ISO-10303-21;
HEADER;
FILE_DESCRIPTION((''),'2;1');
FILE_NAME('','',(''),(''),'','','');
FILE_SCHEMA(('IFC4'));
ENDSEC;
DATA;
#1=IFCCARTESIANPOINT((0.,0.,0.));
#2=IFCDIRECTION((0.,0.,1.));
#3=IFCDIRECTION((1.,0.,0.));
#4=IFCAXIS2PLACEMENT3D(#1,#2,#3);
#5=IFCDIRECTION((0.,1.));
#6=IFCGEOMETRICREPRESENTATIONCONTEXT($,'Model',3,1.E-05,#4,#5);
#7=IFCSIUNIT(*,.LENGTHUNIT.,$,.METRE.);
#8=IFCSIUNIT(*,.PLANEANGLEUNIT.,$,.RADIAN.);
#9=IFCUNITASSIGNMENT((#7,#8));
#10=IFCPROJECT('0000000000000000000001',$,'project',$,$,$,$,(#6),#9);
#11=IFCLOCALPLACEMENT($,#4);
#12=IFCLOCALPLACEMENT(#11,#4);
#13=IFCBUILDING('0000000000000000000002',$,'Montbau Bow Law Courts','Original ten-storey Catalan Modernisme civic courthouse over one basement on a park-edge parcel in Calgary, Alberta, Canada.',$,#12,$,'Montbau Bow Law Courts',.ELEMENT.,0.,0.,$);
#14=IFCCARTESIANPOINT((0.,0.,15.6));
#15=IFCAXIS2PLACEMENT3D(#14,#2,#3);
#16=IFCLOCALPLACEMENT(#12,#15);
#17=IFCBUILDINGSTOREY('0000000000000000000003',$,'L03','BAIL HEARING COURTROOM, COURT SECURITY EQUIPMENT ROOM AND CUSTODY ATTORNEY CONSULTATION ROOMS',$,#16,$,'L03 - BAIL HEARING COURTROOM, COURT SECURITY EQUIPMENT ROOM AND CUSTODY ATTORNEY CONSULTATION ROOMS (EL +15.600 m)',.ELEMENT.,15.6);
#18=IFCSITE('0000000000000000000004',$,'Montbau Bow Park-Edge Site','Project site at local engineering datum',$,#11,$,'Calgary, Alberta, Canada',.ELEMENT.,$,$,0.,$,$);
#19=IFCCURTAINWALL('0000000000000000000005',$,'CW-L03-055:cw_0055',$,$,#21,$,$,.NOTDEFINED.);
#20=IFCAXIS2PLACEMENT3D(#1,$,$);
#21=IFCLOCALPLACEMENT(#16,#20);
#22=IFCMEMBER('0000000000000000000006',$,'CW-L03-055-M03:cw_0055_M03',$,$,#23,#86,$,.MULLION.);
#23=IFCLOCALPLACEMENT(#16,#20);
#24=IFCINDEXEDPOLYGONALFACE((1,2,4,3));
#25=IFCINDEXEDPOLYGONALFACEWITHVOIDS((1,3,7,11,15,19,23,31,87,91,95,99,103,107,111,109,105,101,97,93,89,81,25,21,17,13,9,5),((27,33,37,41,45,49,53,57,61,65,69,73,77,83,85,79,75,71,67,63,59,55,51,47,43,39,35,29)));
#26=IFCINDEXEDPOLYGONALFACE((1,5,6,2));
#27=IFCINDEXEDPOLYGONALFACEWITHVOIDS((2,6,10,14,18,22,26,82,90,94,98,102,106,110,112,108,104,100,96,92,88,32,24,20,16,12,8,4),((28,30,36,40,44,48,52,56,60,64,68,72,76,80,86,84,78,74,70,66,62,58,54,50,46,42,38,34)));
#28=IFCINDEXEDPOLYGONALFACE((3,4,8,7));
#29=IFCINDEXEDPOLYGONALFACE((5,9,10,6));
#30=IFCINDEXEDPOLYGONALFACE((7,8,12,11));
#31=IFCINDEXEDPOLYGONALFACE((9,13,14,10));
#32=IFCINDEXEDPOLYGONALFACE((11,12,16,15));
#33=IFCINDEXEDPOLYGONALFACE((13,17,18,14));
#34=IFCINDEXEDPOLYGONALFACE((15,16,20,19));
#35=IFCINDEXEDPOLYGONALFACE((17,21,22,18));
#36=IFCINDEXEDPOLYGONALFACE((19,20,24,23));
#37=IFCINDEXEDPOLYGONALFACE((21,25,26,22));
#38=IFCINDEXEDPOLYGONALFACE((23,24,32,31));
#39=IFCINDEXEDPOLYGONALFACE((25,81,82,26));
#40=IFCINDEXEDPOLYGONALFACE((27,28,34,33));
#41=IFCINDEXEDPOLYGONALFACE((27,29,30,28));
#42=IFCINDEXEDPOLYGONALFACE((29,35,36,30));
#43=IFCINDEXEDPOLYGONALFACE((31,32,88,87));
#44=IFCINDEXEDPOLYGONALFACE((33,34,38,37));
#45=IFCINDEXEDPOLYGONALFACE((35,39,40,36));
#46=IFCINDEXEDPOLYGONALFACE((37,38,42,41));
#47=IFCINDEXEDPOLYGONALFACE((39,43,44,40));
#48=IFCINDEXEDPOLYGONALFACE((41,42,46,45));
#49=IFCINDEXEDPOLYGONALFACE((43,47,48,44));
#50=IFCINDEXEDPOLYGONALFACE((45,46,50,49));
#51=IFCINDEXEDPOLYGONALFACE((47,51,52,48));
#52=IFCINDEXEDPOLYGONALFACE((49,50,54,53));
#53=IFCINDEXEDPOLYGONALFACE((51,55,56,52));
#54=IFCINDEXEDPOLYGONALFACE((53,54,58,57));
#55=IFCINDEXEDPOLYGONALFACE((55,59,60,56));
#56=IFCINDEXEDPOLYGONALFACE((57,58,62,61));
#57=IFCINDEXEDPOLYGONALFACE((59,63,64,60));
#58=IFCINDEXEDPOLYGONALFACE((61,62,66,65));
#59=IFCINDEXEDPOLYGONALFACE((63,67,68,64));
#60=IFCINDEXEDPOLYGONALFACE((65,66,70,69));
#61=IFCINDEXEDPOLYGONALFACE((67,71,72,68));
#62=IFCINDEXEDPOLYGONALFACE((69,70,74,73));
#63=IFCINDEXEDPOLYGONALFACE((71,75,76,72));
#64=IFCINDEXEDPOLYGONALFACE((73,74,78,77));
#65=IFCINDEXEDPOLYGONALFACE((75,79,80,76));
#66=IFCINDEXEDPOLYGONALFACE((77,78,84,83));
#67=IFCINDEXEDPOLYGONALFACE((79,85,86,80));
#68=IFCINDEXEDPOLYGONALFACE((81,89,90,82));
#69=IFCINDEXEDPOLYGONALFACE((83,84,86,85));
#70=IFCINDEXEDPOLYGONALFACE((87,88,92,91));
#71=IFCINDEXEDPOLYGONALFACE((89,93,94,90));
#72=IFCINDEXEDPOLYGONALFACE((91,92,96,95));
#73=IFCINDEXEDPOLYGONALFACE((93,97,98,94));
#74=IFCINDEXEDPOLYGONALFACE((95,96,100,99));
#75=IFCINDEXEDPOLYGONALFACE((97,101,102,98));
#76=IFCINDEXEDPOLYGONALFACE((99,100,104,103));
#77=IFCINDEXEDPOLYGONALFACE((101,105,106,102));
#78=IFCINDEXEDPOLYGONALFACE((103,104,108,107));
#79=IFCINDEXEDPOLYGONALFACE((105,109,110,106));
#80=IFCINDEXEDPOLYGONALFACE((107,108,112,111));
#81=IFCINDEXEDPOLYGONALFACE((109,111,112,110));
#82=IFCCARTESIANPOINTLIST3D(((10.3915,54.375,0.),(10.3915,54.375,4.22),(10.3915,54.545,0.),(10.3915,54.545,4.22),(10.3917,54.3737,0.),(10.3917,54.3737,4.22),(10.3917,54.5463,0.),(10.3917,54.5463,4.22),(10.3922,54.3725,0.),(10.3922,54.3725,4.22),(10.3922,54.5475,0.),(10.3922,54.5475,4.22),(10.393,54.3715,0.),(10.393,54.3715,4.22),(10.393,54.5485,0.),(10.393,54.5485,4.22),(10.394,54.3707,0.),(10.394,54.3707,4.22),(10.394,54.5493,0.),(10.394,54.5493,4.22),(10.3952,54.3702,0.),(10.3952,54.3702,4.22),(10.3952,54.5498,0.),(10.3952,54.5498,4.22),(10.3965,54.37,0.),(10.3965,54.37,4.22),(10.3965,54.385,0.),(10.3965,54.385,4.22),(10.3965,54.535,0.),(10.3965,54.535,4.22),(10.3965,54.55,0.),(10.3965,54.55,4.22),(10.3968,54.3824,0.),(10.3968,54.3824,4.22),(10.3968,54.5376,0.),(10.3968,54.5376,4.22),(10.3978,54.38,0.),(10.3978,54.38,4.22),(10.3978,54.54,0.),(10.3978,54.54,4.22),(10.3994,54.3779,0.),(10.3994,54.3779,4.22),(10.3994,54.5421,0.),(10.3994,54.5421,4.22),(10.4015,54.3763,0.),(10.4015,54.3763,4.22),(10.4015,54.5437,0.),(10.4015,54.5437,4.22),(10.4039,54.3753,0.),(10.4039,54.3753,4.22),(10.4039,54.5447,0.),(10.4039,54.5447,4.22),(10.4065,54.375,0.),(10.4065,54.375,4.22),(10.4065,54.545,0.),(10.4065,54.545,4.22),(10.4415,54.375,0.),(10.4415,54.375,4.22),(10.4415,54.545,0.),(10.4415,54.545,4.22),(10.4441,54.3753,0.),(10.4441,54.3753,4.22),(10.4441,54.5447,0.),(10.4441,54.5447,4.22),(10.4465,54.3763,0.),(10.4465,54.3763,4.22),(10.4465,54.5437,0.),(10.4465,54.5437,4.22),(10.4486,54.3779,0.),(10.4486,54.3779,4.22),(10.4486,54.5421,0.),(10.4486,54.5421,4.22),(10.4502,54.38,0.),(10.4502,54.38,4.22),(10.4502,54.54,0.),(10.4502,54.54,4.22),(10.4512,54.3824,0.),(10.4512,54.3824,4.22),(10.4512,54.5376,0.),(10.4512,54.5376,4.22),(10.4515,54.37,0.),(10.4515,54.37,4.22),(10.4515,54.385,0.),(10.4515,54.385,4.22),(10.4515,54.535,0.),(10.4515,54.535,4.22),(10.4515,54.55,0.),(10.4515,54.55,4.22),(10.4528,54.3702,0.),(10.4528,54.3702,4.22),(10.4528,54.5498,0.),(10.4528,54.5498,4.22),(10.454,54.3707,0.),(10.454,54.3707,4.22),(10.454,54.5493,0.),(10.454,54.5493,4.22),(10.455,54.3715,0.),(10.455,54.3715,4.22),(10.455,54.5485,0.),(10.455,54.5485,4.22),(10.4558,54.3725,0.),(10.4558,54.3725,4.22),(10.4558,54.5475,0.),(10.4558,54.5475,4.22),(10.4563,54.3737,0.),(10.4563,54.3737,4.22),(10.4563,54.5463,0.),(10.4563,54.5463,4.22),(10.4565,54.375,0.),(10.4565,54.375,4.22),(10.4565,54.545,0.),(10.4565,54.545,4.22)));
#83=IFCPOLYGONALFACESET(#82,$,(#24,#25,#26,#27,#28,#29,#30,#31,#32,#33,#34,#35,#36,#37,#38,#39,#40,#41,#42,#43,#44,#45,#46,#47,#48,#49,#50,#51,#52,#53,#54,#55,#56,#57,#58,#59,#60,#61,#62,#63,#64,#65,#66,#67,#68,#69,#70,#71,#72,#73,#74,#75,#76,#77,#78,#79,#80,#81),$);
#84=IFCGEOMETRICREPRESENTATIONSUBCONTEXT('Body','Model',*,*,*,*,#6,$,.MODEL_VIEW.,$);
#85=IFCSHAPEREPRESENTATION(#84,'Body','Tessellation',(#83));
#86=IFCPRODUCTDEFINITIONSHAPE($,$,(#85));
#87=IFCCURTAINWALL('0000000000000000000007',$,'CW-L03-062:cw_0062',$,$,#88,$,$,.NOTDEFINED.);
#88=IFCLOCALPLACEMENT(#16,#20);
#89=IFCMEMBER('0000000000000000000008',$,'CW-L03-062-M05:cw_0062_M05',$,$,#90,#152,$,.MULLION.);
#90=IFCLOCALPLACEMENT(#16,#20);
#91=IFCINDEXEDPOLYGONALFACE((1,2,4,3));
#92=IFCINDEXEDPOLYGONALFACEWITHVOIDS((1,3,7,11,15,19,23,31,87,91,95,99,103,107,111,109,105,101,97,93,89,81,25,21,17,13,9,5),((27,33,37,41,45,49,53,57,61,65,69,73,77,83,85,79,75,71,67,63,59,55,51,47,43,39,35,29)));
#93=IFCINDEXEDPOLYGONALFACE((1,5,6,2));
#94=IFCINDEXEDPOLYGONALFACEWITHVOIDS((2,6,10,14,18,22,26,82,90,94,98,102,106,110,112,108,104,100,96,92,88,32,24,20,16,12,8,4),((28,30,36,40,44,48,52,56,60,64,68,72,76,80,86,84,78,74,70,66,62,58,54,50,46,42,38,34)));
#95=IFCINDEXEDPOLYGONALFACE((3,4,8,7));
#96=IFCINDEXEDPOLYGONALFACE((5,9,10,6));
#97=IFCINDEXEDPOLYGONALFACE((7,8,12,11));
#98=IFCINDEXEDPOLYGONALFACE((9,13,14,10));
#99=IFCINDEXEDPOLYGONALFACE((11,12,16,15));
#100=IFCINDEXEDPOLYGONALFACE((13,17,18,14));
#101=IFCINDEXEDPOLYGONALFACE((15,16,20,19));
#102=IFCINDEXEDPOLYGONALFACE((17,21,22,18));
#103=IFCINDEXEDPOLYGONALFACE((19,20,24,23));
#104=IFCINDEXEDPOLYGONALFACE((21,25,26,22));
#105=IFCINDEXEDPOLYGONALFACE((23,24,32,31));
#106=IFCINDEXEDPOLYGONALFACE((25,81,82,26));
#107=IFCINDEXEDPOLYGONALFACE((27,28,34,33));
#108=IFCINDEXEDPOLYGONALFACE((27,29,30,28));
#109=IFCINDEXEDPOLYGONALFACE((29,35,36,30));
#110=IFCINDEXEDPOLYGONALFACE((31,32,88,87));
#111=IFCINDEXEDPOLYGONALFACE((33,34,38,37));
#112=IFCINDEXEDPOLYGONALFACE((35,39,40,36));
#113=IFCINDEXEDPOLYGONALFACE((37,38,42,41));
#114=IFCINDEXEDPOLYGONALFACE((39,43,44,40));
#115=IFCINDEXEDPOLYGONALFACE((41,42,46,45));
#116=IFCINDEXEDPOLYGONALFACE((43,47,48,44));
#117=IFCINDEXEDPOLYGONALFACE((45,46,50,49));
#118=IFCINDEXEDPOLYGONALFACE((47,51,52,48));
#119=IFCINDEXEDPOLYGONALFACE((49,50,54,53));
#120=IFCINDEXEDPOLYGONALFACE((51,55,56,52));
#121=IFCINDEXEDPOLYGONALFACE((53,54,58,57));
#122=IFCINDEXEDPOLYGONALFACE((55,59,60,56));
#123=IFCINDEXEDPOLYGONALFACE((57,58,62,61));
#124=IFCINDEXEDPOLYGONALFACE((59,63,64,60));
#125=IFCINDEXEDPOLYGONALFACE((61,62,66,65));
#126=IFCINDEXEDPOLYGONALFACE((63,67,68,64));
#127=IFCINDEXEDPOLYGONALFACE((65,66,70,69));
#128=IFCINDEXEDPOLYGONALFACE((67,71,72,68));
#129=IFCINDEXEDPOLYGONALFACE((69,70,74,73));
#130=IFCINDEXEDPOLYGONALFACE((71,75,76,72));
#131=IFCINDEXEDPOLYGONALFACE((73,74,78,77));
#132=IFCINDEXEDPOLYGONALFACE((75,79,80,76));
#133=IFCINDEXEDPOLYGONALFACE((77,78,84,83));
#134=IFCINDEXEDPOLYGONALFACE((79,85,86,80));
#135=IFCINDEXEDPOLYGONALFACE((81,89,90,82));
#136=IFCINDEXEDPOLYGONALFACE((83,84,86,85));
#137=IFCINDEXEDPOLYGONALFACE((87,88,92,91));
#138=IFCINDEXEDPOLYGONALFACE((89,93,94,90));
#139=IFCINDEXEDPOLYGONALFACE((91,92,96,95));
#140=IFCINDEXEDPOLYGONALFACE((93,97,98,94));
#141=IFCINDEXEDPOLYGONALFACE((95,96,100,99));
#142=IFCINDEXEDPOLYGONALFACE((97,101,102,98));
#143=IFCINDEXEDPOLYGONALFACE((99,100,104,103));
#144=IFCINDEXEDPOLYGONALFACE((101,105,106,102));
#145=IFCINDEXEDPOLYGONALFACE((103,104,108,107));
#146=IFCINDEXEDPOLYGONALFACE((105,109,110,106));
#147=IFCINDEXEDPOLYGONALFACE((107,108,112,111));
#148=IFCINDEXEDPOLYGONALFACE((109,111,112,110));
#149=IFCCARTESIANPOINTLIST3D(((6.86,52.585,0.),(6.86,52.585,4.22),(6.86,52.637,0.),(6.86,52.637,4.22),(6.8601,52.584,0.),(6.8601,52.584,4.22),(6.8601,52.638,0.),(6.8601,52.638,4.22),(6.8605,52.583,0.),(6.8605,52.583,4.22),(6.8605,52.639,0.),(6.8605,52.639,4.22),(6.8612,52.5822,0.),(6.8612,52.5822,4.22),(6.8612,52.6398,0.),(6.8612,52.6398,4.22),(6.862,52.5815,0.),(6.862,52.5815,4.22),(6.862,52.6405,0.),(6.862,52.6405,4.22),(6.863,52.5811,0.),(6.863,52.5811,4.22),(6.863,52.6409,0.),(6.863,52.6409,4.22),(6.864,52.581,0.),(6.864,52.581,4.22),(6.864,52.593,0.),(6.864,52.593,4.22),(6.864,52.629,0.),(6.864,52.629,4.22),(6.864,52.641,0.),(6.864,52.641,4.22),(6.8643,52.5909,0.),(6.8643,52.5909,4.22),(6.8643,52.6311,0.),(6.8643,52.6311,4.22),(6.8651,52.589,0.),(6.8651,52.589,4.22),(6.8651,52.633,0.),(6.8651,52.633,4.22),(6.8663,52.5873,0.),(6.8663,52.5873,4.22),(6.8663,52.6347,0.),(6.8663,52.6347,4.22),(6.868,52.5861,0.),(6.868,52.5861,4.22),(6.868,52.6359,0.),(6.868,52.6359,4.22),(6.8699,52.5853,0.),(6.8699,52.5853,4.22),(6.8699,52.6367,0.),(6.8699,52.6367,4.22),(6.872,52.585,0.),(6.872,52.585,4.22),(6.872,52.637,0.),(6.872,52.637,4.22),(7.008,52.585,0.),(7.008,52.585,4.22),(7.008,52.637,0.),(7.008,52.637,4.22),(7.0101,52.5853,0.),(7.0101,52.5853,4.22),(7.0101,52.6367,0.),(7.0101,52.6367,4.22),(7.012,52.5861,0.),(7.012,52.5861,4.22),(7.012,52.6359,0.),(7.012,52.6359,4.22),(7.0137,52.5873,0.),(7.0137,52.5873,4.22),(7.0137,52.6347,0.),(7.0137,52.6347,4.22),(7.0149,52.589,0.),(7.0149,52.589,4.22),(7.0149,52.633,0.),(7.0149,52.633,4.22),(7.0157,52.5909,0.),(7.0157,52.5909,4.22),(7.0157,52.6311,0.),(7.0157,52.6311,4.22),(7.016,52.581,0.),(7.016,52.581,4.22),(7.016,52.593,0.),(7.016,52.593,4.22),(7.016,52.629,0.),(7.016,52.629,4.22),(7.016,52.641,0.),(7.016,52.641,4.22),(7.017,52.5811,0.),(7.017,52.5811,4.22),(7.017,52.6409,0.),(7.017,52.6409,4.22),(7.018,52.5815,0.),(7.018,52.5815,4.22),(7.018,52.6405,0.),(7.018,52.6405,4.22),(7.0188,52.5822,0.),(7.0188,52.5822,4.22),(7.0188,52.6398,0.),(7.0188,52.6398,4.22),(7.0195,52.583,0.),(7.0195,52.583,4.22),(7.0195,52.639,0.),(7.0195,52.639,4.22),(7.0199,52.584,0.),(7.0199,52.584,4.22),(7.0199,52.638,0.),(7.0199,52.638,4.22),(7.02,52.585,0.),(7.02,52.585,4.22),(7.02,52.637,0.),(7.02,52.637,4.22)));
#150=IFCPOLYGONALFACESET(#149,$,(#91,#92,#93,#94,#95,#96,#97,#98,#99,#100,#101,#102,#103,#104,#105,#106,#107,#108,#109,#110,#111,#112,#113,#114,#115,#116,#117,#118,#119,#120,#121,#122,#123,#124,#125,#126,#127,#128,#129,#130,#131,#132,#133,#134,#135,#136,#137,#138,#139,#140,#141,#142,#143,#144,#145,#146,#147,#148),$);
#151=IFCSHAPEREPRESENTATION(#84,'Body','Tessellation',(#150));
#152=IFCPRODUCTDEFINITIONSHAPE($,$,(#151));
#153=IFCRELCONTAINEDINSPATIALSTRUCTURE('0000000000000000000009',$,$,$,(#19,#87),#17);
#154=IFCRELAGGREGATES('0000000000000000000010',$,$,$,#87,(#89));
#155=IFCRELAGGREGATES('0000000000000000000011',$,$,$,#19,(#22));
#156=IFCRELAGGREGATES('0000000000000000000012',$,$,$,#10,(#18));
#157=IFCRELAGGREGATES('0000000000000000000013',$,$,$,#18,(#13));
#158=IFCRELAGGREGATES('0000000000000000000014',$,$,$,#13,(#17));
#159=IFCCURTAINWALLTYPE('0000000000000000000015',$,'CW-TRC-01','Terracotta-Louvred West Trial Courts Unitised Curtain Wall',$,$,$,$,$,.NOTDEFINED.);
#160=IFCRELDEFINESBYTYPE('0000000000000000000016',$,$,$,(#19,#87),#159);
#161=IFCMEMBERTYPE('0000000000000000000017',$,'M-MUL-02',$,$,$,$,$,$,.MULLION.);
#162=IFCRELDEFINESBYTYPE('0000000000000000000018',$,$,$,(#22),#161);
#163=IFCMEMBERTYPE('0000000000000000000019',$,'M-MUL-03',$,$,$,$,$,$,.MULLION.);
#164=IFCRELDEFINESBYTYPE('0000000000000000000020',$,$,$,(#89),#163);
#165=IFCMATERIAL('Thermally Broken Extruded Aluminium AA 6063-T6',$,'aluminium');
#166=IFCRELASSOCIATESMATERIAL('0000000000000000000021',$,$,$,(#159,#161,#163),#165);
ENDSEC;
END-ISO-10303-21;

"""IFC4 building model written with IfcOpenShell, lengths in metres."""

from ifc_helpers import new_model, si_unit, direction, frame, origin_with_axes, origin_2d_with_axis, place, context, subcontext, project, spatial, hollow_rectangle, extrude, material, material_profile, profile_set, type_object, element, aggregate, save


model = new_model("IFC4")

# Units and contexts
model_context = context("Model", 3, precision=1e-05, world=origin_with_axes(), true_north=direction((0.0, 1.0)))
body_context = subcontext(model_context, "Body", "Model", "MODEL_VIEW")
ifc_project = project(units=[si_unit("LENGTHUNIT", "METRE"), si_unit("PLANEANGLEUNIT", "RADIAN")], contexts=[model_context])

# Site, building, storey
site_placement = place(None, origin_with_axes())
site = spatial("IfcSite", under=ifc_project, at=site_placement, Name="Montbau Bow Park-Edge Site", Description="Project site at local engineering datum", LongName="Calgary, Alberta, Canada", CompositionType="ELEMENT", RefElevation=0.0)
building_placement = place(site_placement, origin_with_axes())
building = spatial("IfcBuilding", under=site, at=building_placement, Name="Montbau Bow Law Courts", Description="Original ten-storey Catalan Modernisme civic courthouse over one basement on a park-edge parcel in Calgary, Alberta, Canada.", LongName="Montbau Bow Law Courts", CompositionType="ELEMENT", ElevationOfRefHeight=0.0, ElevationOfTerrain=0.0)
storey_placement = place(building_placement, frame((0.0, 0.0, 15.6), z_axis=(0.0, 0.0, 1.0), x_axis=(1.0, 0.0, 0.0)))
storey = spatial("IfcBuildingStorey", under=building, at=storey_placement, Name="L03", Description="BAIL HEARING COURTROOM, COURT SECURITY EQUIPMENT ROOM AND CUSTODY ATTORNEY CONSULTATION ROOMS", LongName="L03 - BAIL HEARING COURTROOM, COURT SECURITY EQUIPMENT ROOM AND CUSTODY ATTORNEY CONSULTATION ROOMS (EL +15.600 m)", CompositionType="ELEMENT", Elevation=15.6)

# Curtain walls, members
ifc_material_1 = material(Name="Thermally Broken Extruded Aluminium AA 6063-T6", Category="aluminium")
curtain_wall_type = type_object("IfcCurtainWallType", Name="CW-TRC-01", Description="Terracotta-Louvred West Trial Courts Unitised Curtain Wall", PredefinedType="NOTDEFINED", material=ifc_material_1)
curtain_wall_1_placement = place(None, frame((7.315, 54.46, 15.6), z_axis=(0.0, 0.0, 1.0), x_axis=(1.0, 0.0, 0.0)))
curtain_wall_1 = element("IfcCurtainWall", 1, at=curtain_wall_1_placement, inside=storey, type_object=curtain_wall_type, Name="CW-L03-055:cw_0055", PredefinedType="NOTDEFINED")
ifc_material_profile_1 = material_profile(ifc_material_1, hollow_rectangle(XDim=0.065, YDim=0.18, WallThickness=0.005, InnerFilletRadius=0.01, OuterFilletRadius=0.005, at=origin_2d_with_axis()), Name="CWM-180X65", Category="Main", Priority=0)
ifc_profile_set_1 = profile_set([ifc_material_profile_1], Name="Thermally Broken Extruded Aluminium AA 6063-T6")
member_type_1 = type_object("IfcMemberType", Name="M-MUL-02", PredefinedType="MULLION", material=ifc_profile_set_1)
member_1_placement = place(None, frame((10.424, 54.46, 15.6), z_axis=(0.0, 0.0, 1.0), x_axis=(1.0, 0.0, 0.0)))
member_1 = element("IfcMember", 2, at=member_1_placement, type_object=member_type_1, Name="CW-L03-055-M03:cw_0055_M03", PredefinedType="MULLION", context=body_context, shape_type="SweptSolid", body=[
    extrude(hollow_rectangle(XDim=0.065, YDim=0.18, WallThickness=0.005, InnerFilletRadius=0.01, OuterFilletRadius=0.005, at=origin_2d_with_axis()), origin_with_axes(), (0.0, 0.0, 1.0), 4.22),
])
curtain_wall_2_placement = place(None, frame((6.94, 46.715, 15.6), z_axis=(0.0, 0.0, 1.0), x_axis=(1.0, 0.0, 0.0)))
curtain_wall_2 = element("IfcCurtainWall", 3, at=curtain_wall_2_placement, inside=storey, type_object=curtain_wall_type, Name="CW-L03-062:cw_0062", PredefinedType="NOTDEFINED")
ifc_material_profile_2 = material_profile(ifc_material_1, hollow_rectangle(XDim=0.06, YDim=0.16, WallThickness=0.004, InnerFilletRadius=0.008, OuterFilletRadius=0.004, at=origin_2d_with_axis()), Name="CWM-160X60", Category="Main", Priority=0)
ifc_profile_set_2 = profile_set([ifc_material_profile_2], Name="Thermally Broken Extruded Aluminium AA 6063-T6")
member_type_2 = type_object("IfcMemberType", Name="M-MUL-03", PredefinedType="MULLION", material=ifc_profile_set_2)
member_2_placement = place(None, frame((6.94, 52.611, 15.6), z_axis=(0.0, 0.0, 1.0), x_axis=(0.0, 1.0, 0.0)))
member_2 = element("IfcMember", 4, at=member_2_placement, type_object=member_type_2, Name="CW-L03-062-M05:cw_0062_M05", PredefinedType="MULLION", context=body_context, shape_type="SweptSolid", body=[
    extrude(hollow_rectangle(XDim=0.06, YDim=0.16, WallThickness=0.004, InnerFilletRadius=0.008, OuterFilletRadius=0.004, at=origin_2d_with_axis()), origin_with_axes(), (0.0, 0.0, 1.0), 4.22),
])
aggregate(curtain_wall_2, [member_2])

aggregate(curtain_wall_1, [member_1])

save(model, "model.ifc")
